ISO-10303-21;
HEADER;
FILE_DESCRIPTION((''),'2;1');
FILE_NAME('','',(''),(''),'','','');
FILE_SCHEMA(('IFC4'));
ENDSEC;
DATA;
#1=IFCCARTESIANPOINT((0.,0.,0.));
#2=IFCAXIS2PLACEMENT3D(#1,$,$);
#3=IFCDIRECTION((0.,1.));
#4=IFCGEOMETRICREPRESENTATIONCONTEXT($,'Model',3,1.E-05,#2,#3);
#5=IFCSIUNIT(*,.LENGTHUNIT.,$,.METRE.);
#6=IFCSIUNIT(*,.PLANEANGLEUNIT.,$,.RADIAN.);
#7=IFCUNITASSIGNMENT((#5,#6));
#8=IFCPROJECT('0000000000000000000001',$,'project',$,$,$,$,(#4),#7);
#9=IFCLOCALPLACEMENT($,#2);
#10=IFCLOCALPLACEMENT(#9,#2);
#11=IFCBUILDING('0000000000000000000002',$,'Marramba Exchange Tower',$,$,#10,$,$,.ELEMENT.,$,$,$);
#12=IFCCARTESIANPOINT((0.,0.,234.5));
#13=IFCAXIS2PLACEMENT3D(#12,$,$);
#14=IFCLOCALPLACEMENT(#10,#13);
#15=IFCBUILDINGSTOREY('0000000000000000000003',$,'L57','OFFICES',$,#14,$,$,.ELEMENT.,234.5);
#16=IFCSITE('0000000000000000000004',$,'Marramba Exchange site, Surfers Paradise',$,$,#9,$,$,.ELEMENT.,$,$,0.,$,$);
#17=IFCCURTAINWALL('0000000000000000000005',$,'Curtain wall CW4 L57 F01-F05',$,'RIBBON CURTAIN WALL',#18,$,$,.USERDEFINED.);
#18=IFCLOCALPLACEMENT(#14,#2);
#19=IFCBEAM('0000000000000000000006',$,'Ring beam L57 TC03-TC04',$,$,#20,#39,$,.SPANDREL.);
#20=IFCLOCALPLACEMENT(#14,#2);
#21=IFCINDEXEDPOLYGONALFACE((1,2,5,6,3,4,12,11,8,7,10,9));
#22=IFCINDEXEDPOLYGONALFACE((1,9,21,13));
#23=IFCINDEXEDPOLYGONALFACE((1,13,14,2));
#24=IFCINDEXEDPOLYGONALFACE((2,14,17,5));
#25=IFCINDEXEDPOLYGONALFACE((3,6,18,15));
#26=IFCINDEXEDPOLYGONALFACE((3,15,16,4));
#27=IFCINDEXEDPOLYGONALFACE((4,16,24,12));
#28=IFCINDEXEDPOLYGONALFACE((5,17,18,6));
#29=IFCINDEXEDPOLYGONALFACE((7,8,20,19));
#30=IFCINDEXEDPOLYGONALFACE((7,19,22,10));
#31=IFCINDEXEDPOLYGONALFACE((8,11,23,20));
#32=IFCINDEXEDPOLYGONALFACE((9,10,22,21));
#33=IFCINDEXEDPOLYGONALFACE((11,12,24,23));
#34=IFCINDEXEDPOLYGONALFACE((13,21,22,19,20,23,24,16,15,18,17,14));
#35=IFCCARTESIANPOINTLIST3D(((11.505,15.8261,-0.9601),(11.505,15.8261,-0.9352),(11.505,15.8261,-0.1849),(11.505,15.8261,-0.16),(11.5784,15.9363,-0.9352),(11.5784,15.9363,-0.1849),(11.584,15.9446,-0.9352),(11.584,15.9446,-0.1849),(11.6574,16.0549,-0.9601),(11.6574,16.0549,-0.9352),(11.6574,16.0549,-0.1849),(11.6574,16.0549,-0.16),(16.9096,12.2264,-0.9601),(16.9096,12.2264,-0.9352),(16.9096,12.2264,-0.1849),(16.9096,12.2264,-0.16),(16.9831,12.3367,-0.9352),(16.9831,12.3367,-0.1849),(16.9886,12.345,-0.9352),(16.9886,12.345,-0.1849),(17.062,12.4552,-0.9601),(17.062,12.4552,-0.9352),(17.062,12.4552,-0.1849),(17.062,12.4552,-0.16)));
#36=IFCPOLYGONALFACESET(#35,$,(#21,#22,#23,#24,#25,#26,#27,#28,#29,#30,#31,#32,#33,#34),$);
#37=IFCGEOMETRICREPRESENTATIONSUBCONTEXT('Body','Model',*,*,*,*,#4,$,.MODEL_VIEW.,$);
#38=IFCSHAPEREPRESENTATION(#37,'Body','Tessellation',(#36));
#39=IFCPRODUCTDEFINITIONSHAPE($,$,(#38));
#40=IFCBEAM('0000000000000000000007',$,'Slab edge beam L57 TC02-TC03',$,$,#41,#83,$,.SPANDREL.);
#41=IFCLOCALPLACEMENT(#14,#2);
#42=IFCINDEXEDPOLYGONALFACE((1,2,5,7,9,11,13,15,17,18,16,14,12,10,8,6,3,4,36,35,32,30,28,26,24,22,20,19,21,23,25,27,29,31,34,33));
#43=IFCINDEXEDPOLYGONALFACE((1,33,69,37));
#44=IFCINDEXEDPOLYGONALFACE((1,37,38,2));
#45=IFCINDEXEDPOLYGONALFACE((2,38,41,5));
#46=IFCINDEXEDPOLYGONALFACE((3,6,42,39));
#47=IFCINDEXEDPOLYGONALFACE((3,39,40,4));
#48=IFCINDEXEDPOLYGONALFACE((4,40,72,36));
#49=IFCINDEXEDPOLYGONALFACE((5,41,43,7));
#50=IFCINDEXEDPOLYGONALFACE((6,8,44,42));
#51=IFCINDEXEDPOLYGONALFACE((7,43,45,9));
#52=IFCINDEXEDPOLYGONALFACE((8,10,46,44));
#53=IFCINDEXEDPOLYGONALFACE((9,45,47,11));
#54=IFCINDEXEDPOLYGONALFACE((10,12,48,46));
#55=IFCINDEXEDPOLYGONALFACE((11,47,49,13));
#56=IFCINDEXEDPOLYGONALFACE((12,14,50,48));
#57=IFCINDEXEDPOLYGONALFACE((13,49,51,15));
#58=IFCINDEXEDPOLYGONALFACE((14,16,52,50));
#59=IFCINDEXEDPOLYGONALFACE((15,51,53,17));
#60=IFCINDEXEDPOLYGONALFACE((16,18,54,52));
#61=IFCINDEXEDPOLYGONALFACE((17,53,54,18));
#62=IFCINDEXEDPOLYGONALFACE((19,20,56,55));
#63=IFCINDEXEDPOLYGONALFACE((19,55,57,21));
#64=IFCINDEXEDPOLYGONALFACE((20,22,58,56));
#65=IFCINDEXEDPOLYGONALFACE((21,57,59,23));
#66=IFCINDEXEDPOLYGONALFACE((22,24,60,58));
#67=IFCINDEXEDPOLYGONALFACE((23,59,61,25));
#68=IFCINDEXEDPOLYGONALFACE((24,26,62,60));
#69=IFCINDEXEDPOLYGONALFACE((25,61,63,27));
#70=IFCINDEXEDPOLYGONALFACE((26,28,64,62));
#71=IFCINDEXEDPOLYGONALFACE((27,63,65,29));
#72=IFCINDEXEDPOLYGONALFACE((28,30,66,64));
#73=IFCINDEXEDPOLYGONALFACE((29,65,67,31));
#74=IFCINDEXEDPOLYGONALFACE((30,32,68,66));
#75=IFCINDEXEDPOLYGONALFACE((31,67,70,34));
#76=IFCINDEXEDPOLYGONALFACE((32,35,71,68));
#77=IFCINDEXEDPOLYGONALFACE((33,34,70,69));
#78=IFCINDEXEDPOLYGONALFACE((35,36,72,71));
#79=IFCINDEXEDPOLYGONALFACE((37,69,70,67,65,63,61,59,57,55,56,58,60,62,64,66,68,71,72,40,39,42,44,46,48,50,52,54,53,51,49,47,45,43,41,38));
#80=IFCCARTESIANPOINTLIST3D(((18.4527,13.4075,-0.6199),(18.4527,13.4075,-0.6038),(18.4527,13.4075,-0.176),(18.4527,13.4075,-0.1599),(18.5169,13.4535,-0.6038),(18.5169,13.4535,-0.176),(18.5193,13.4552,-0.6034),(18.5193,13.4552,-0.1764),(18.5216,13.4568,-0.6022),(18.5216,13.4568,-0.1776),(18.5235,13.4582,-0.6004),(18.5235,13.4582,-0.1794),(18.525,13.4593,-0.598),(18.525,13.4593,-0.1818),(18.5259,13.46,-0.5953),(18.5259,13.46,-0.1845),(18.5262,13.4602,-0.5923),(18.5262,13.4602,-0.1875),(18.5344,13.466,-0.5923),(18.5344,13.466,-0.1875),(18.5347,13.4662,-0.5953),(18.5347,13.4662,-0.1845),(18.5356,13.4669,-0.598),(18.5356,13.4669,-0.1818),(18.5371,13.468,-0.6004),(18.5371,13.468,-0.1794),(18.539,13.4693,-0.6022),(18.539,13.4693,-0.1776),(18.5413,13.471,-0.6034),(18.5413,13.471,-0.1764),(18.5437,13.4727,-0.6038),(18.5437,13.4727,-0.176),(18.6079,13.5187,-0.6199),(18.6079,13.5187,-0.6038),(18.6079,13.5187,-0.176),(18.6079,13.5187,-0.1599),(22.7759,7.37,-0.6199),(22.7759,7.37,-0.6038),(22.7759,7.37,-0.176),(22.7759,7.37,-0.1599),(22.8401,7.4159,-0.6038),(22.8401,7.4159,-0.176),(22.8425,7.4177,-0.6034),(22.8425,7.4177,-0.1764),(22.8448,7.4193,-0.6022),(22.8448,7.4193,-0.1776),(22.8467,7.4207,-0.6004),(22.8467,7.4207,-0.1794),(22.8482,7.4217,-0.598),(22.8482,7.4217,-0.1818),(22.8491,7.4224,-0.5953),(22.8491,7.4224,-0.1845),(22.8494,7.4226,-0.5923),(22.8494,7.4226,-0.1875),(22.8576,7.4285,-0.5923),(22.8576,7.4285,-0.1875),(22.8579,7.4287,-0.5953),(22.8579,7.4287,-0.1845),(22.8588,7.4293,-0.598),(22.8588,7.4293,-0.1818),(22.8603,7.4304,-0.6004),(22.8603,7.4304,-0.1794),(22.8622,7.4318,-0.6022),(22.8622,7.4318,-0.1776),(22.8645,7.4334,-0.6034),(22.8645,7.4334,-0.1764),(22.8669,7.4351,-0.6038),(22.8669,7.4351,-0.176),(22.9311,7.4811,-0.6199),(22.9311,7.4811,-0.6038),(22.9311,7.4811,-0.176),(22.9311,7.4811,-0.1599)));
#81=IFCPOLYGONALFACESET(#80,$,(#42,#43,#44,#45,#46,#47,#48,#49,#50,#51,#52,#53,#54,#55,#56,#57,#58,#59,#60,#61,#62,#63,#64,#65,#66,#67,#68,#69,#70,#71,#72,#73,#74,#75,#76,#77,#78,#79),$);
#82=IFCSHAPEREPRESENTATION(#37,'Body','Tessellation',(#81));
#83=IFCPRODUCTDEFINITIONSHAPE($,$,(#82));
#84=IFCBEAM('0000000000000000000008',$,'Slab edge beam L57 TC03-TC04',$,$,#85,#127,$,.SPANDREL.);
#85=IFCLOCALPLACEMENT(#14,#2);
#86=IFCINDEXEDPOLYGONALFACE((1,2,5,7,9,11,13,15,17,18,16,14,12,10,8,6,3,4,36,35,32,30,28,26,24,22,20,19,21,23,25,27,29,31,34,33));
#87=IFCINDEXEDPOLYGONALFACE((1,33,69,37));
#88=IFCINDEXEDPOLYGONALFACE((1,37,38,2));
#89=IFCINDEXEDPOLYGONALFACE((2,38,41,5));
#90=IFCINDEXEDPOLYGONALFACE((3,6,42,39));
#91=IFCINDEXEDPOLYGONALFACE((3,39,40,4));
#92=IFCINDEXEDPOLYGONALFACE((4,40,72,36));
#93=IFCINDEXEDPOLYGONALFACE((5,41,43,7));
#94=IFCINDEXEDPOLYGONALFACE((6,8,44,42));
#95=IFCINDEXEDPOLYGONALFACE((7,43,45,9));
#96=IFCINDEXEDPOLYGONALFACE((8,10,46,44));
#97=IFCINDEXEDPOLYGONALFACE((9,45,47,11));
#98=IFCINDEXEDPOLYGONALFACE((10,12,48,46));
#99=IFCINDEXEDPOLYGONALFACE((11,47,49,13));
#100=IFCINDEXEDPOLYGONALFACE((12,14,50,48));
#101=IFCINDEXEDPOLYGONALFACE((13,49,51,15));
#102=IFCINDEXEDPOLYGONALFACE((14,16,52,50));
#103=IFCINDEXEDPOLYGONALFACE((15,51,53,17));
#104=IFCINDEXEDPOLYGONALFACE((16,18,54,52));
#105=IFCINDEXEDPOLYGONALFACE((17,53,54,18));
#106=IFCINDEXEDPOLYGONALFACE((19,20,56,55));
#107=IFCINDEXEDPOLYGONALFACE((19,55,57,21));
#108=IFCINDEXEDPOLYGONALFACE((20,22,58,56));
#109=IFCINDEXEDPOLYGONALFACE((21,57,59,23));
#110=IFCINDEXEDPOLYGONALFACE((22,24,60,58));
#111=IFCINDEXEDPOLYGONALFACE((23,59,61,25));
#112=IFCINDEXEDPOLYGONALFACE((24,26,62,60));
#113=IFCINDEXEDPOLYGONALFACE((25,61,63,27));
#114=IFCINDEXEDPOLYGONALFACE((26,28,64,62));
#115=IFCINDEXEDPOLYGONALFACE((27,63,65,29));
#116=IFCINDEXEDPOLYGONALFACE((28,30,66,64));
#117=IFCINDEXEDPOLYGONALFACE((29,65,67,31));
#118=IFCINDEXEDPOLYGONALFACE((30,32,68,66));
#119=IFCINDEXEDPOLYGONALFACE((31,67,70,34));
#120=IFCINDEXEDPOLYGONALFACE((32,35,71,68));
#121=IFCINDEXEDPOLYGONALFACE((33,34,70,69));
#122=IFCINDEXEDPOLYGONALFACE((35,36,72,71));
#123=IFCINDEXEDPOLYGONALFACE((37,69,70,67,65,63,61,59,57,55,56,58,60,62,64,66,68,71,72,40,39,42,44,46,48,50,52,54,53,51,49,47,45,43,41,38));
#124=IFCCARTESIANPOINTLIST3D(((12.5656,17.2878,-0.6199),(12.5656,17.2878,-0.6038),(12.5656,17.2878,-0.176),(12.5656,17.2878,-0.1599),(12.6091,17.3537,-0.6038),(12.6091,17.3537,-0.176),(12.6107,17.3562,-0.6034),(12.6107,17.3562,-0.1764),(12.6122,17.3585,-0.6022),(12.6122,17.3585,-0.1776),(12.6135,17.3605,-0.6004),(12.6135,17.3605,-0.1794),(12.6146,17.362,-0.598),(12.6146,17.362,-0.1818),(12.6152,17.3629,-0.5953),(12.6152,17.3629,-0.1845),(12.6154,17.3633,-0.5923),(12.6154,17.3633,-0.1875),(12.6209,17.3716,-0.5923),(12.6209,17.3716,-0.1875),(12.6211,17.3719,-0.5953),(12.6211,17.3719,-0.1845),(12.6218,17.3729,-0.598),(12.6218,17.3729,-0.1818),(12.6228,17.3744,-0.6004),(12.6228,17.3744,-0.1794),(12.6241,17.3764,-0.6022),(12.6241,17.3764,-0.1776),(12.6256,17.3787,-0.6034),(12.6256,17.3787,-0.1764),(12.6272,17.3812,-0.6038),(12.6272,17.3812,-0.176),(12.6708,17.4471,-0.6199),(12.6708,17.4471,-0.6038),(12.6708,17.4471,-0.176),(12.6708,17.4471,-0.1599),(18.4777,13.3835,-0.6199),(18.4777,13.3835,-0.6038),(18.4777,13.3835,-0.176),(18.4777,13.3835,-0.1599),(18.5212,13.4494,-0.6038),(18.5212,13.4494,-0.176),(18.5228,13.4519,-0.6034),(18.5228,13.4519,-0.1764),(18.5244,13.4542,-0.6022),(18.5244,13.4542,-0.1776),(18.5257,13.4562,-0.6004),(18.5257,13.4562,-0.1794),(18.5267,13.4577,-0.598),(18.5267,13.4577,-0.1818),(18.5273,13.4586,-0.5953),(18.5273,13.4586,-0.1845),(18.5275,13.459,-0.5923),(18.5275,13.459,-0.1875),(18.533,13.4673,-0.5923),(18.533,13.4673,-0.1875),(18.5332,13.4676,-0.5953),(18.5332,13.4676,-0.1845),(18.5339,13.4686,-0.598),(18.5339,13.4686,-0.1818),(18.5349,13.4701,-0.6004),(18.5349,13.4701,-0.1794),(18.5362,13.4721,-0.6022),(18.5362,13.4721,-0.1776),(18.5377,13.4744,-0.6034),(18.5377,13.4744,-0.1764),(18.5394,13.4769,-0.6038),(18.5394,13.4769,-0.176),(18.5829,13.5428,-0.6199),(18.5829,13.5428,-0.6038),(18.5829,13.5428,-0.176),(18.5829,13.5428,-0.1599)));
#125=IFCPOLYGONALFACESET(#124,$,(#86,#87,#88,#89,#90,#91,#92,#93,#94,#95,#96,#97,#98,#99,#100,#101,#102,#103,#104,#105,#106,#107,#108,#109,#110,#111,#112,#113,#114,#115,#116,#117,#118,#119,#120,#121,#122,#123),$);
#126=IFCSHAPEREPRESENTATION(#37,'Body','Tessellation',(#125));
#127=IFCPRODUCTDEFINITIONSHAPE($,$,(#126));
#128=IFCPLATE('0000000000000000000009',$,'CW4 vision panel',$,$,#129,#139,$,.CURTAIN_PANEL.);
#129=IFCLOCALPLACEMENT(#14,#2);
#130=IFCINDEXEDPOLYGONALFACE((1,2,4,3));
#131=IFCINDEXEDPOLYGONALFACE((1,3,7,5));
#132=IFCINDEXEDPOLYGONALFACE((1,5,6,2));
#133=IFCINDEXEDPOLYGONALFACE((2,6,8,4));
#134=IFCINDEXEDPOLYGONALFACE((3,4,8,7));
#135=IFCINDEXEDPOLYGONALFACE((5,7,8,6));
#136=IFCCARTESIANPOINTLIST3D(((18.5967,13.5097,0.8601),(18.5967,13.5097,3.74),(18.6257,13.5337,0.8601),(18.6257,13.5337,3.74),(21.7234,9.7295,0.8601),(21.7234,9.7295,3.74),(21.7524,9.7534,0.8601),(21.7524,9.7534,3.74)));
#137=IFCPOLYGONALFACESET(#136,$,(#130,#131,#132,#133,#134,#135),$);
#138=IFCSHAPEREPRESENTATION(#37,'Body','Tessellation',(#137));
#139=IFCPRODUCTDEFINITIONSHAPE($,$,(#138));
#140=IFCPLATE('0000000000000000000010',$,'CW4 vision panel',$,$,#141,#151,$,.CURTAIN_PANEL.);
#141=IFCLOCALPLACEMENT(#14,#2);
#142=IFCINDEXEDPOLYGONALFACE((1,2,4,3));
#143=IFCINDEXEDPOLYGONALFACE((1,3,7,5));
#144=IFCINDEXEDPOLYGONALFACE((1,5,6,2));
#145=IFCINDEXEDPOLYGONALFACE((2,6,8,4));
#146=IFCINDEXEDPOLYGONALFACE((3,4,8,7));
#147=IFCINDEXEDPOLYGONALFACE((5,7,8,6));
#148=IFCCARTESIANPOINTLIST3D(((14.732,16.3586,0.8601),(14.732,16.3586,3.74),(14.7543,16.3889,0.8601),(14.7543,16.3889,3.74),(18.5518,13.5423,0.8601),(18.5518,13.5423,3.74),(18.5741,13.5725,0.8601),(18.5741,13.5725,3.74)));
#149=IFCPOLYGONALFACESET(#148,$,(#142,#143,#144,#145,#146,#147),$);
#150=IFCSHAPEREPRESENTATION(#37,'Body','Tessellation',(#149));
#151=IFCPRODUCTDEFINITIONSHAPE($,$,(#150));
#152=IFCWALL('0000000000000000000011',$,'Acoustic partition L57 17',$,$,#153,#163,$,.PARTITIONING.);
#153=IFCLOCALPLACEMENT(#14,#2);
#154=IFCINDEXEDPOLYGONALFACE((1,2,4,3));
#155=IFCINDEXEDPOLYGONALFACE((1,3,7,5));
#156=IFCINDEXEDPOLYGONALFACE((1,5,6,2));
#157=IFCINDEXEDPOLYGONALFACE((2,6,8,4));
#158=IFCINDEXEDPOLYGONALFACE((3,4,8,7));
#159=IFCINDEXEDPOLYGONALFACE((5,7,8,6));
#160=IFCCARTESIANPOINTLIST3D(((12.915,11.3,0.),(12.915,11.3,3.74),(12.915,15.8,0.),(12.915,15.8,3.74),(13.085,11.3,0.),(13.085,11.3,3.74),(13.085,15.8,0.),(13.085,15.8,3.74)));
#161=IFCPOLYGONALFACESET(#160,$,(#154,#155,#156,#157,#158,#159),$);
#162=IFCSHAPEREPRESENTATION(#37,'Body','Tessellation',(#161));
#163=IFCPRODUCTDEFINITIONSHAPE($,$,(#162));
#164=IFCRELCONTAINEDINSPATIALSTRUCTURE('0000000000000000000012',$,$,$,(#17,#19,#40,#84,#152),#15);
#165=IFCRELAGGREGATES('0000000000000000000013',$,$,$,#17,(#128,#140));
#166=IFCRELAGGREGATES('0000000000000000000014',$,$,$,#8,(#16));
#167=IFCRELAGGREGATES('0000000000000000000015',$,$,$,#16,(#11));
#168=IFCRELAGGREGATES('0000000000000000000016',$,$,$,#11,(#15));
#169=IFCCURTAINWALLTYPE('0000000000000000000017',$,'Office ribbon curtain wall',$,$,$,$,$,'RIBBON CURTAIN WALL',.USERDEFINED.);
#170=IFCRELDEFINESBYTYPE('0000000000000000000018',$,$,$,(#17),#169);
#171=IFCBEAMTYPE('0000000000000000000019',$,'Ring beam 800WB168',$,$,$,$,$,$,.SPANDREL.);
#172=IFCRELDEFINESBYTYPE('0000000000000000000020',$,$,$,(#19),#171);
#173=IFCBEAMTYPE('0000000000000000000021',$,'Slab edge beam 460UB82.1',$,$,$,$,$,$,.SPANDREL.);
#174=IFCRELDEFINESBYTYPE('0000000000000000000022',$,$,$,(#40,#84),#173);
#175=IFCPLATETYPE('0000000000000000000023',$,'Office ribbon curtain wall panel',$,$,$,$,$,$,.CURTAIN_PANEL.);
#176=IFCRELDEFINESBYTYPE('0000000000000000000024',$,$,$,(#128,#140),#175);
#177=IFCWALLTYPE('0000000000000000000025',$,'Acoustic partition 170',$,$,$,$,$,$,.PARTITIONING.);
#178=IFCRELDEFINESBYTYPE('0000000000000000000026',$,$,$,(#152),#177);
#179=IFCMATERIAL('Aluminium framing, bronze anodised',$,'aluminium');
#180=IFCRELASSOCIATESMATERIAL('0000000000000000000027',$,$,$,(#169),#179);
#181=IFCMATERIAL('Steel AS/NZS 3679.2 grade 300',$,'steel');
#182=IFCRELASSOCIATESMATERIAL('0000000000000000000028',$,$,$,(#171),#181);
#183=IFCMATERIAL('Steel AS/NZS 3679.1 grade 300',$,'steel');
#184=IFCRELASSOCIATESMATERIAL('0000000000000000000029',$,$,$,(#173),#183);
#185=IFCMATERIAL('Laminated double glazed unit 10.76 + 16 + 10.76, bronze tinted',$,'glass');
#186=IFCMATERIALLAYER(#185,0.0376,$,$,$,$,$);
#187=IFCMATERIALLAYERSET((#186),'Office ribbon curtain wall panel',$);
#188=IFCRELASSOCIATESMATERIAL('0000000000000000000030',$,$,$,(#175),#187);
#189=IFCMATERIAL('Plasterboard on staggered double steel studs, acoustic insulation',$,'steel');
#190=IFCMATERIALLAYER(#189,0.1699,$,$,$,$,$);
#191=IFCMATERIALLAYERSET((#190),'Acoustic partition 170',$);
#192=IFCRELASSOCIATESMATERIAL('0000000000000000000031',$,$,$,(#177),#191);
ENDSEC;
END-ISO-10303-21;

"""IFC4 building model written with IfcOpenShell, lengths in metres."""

from ifc_helpers import new_model, si_unit, direction, frame, frame_2d, origin, origin_2d, place, context, subcontext, project, spatial, rectangle, i_section, extrude, material, layer, layer_set, material_profile, profile_set, type_object, element, aggregate, save


model = new_model("IFC4")

# Units and contexts
model_context = context("Model", 3, precision=1e-05, world=origin(), true_north=direction((0.0, 1.0)))
body_context = subcontext(model_context, "Body", "Model", "MODEL_VIEW")
ifc_project = project(units=[si_unit("LENGTHUNIT", "METRE"), si_unit("PLANEANGLEUNIT", "RADIAN")], contexts=[model_context])

# Site, building, storey
site_placement = place(None, origin())
site = spatial("IfcSite", under=ifc_project, at=site_placement, Name="Marramba Exchange site, Surfers Paradise", CompositionType="ELEMENT", RefElevation=0.0)
building_placement = place(site_placement, origin())
building = spatial("IfcBuilding", under=site, at=building_placement, Name="Marramba Exchange Tower", CompositionType="ELEMENT")
storey_placement = place(building_placement, frame((0.0, 0.0, 234.5)))
storey = spatial("IfcBuildingStorey", under=building, at=storey_placement, Name="L57", Description="OFFICES", CompositionType="ELEMENT", Elevation=234.5)

# Shared definitions
ifc_material_1 = material(Name="Steel AS/NZS 3679.2 grade 300", Category="steel")
ifc_material_2 = material(Name="Steel AS/NZS 3679.1 grade 300", Category="steel")

# Curtain wall
ifc_material_3 = material(Name="Aluminium framing, bronze anodised", Category="aluminium")
curtain_wall_type = type_object("IfcCurtainWallType", Name="Office ribbon curtain wall", ElementType="RIBBON CURTAIN WALL", PredefinedType="USERDEFINED", material=ifc_material_3)
curtain_wall_placement = place(storey_placement, origin())
curtain_wall = element("IfcCurtainWall", 1, at=curtain_wall_placement, inside=storey, type_object=curtain_wall_type, Name="Curtain wall CW4 L57 F01-F05", ObjectType="RIBBON CURTAIN WALL", PredefinedType="USERDEFINED")

# Beams
ifc_material_profile_1 = material_profile(ifc_material_1, i_section(OverallWidth=0.2749, OverallDepth=0.8, WebThickness=0.01, FlangeThickness=0.0249, at=origin_2d()), Name="800WB168")
ifc_profile_set_1 = profile_set([ifc_material_profile_1], Name="Steel AS/NZS 3679.2 grade 300")
beam_type_1 = type_object("IfcBeamType", Name="Ring beam 800WB168", PredefinedType="SPANDREL", material=ifc_profile_set_1)
beam_1_placement = place(storey_placement, frame((16.9858, 12.3408, -0.5601), z_axis=(-0.832293, 0.554336, 0.0), x_axis=(-0.554336, -0.832293, 0.0)))
element("IfcBeam", 2, at=beam_1_placement, inside=storey, type_object=beam_type_1, Name="Ring beam L57 TC03-TC04", PredefinedType="SPANDREL", context=body_context, shape_type="SweptSolid", body=[
    extrude(i_section(OverallWidth=0.2749, OverallDepth=0.8, WebThickness=0.01, FlangeThickness=0.0249, at=origin_2d()), origin(), (0.0, 0.0, 1.0), 6.4937),
])
ifc_material_profile_2 = material_profile(ifc_material_2, i_section(OverallWidth=0.1909, OverallDepth=0.46, WebThickness=0.01, FlangeThickness=0.0161, FilletRadius=0.0115, at=origin_2d()), Name="460UB82.1")
ifc_profile_set_2 = profile_set([ifc_material_profile_2], Name="Steel AS/NZS 3679.1 grade 300")
beam_type_2 = type_object("IfcBeamType", Name="Slab edge beam 460UB82.1", PredefinedType="SPANDREL", material=ifc_profile_set_2)
beam_2_placement = place(storey_placement, frame((22.8535, 7.4255, -0.3899), z_axis=(-0.582189, 0.813053, 0.0), x_axis=(-0.813053, -0.582189, 0.0)))
element("IfcBeam", 3, at=beam_2_placement, inside=storey, type_object=beam_type_2, Name="Slab edge beam L57 TC02-TC03", PredefinedType="SPANDREL", context=body_context, shape_type="SweptSolid", body=[
    extrude(i_section(OverallWidth=0.1909, OverallDepth=0.46, WebThickness=0.01, FlangeThickness=0.0161, FilletRadius=0.0115, at=origin_2d()), origin(), (0.0, 0.0, 1.0), 7.4258),
])
beam_3_placement = place(storey_placement, frame((18.5303, 13.4631, -0.3899), z_axis=(-0.83446, 0.551069, 0.0), x_axis=(-0.551069, -0.83446, 0.0)))
element("IfcBeam", 4, at=beam_3_placement, inside=storey, type_object=beam_type_2, Name="Slab edge beam L57 TC03-TC04", PredefinedType="SPANDREL", context=body_context, shape_type="SweptSolid", body=[
    extrude(i_section(OverallWidth=0.1909, OverallDepth=0.46, WebThickness=0.01, FlangeThickness=0.0161, FilletRadius=0.0115, at=origin_2d()), origin(), (0.0, 0.0, 1.0), 7.085),
])

# Plates
ifc_material_4 = material(Name="Laminated double glazed unit 10.76 + 16 + 10.76, bronze tinted", Category="glass")
ifc_layer_1 = layer(ifc_material_4, 0.0376)
ifc_layer_set_1 = layer_set([ifc_layer_1], Name="Office ribbon curtain wall panel")
plate_type = type_object("IfcPlateType", Name="Office ribbon curtain wall panel", PredefinedType="CURTAIN_PANEL", material=ifc_layer_set_1)
plate_1_placement = place(storey_placement, frame((20.1746, 11.6316, 0.8601), z_axis=(0.0, 0.0, 1.0), x_axis=(-0.63735, 0.770574, 0.0)))
plate_1 = element("IfcPlate", 5, at=plate_1_placement, type_object=plate_type, Name="CW4 vision panel", PredefinedType="CURTAIN_PANEL", context=body_context, shape_type="SweptSolid", body=[
    extrude(rectangle(XDim=4.9058, YDim=0.0376, at=origin_2d()), origin(), (0.0, 0.0, 1.0), 2.8799),
])
plate_2_placement = place(storey_placement, frame((16.6531, 14.9656, 0.8601), z_axis=(0.0, 0.0, 1.0), x_axis=(-0.804877, 0.593441, 0.0)))
plate_2 = element("IfcPlate", 6, at=plate_2_placement, type_object=plate_type, Name="CW4 vision panel", PredefinedType="CURTAIN_PANEL", context=body_context, shape_type="SweptSolid", body=[
    extrude(rectangle(XDim=4.7458, YDim=0.0376, at=origin_2d()), origin(), (0.0, 0.0, 1.0), 2.8799),
])
aggregate(curtain_wall, [plate_1, plate_2])

# Wall
ifc_material_5 = material(Name="Plasterboard on staggered double steel studs, acoustic insulation", Category="steel")
ifc_layer_2 = layer(ifc_material_5, 0.1699)
ifc_layer_set_2 = layer_set([ifc_layer_2], Name="Acoustic partition 170")
wall_type_1 = type_object("IfcWallType", Name="Acoustic partition 170", PredefinedType="PARTITIONING", material=ifc_layer_set_2)
wall_1_placement = place(storey_placement, frame((13.0, 11.3, 0.0), z_axis=(0.0, 0.0, 1.0), x_axis=(0.0, 1.0, 0.0)))
element("IfcWall", 7, at=wall_1_placement, inside=storey, type_object=wall_type_1, Name="Acoustic partition L57 17", PredefinedType="PARTITIONING", context=body_context, shape_type="SweptSolid", body=[
    extrude(rectangle(XDim=4.5, YDim=0.1699, at=frame_2d((2.25, 0.0))), origin(), (0.0, 0.0, 1.0), 3.74),
])

save(model, "model.ifc")
